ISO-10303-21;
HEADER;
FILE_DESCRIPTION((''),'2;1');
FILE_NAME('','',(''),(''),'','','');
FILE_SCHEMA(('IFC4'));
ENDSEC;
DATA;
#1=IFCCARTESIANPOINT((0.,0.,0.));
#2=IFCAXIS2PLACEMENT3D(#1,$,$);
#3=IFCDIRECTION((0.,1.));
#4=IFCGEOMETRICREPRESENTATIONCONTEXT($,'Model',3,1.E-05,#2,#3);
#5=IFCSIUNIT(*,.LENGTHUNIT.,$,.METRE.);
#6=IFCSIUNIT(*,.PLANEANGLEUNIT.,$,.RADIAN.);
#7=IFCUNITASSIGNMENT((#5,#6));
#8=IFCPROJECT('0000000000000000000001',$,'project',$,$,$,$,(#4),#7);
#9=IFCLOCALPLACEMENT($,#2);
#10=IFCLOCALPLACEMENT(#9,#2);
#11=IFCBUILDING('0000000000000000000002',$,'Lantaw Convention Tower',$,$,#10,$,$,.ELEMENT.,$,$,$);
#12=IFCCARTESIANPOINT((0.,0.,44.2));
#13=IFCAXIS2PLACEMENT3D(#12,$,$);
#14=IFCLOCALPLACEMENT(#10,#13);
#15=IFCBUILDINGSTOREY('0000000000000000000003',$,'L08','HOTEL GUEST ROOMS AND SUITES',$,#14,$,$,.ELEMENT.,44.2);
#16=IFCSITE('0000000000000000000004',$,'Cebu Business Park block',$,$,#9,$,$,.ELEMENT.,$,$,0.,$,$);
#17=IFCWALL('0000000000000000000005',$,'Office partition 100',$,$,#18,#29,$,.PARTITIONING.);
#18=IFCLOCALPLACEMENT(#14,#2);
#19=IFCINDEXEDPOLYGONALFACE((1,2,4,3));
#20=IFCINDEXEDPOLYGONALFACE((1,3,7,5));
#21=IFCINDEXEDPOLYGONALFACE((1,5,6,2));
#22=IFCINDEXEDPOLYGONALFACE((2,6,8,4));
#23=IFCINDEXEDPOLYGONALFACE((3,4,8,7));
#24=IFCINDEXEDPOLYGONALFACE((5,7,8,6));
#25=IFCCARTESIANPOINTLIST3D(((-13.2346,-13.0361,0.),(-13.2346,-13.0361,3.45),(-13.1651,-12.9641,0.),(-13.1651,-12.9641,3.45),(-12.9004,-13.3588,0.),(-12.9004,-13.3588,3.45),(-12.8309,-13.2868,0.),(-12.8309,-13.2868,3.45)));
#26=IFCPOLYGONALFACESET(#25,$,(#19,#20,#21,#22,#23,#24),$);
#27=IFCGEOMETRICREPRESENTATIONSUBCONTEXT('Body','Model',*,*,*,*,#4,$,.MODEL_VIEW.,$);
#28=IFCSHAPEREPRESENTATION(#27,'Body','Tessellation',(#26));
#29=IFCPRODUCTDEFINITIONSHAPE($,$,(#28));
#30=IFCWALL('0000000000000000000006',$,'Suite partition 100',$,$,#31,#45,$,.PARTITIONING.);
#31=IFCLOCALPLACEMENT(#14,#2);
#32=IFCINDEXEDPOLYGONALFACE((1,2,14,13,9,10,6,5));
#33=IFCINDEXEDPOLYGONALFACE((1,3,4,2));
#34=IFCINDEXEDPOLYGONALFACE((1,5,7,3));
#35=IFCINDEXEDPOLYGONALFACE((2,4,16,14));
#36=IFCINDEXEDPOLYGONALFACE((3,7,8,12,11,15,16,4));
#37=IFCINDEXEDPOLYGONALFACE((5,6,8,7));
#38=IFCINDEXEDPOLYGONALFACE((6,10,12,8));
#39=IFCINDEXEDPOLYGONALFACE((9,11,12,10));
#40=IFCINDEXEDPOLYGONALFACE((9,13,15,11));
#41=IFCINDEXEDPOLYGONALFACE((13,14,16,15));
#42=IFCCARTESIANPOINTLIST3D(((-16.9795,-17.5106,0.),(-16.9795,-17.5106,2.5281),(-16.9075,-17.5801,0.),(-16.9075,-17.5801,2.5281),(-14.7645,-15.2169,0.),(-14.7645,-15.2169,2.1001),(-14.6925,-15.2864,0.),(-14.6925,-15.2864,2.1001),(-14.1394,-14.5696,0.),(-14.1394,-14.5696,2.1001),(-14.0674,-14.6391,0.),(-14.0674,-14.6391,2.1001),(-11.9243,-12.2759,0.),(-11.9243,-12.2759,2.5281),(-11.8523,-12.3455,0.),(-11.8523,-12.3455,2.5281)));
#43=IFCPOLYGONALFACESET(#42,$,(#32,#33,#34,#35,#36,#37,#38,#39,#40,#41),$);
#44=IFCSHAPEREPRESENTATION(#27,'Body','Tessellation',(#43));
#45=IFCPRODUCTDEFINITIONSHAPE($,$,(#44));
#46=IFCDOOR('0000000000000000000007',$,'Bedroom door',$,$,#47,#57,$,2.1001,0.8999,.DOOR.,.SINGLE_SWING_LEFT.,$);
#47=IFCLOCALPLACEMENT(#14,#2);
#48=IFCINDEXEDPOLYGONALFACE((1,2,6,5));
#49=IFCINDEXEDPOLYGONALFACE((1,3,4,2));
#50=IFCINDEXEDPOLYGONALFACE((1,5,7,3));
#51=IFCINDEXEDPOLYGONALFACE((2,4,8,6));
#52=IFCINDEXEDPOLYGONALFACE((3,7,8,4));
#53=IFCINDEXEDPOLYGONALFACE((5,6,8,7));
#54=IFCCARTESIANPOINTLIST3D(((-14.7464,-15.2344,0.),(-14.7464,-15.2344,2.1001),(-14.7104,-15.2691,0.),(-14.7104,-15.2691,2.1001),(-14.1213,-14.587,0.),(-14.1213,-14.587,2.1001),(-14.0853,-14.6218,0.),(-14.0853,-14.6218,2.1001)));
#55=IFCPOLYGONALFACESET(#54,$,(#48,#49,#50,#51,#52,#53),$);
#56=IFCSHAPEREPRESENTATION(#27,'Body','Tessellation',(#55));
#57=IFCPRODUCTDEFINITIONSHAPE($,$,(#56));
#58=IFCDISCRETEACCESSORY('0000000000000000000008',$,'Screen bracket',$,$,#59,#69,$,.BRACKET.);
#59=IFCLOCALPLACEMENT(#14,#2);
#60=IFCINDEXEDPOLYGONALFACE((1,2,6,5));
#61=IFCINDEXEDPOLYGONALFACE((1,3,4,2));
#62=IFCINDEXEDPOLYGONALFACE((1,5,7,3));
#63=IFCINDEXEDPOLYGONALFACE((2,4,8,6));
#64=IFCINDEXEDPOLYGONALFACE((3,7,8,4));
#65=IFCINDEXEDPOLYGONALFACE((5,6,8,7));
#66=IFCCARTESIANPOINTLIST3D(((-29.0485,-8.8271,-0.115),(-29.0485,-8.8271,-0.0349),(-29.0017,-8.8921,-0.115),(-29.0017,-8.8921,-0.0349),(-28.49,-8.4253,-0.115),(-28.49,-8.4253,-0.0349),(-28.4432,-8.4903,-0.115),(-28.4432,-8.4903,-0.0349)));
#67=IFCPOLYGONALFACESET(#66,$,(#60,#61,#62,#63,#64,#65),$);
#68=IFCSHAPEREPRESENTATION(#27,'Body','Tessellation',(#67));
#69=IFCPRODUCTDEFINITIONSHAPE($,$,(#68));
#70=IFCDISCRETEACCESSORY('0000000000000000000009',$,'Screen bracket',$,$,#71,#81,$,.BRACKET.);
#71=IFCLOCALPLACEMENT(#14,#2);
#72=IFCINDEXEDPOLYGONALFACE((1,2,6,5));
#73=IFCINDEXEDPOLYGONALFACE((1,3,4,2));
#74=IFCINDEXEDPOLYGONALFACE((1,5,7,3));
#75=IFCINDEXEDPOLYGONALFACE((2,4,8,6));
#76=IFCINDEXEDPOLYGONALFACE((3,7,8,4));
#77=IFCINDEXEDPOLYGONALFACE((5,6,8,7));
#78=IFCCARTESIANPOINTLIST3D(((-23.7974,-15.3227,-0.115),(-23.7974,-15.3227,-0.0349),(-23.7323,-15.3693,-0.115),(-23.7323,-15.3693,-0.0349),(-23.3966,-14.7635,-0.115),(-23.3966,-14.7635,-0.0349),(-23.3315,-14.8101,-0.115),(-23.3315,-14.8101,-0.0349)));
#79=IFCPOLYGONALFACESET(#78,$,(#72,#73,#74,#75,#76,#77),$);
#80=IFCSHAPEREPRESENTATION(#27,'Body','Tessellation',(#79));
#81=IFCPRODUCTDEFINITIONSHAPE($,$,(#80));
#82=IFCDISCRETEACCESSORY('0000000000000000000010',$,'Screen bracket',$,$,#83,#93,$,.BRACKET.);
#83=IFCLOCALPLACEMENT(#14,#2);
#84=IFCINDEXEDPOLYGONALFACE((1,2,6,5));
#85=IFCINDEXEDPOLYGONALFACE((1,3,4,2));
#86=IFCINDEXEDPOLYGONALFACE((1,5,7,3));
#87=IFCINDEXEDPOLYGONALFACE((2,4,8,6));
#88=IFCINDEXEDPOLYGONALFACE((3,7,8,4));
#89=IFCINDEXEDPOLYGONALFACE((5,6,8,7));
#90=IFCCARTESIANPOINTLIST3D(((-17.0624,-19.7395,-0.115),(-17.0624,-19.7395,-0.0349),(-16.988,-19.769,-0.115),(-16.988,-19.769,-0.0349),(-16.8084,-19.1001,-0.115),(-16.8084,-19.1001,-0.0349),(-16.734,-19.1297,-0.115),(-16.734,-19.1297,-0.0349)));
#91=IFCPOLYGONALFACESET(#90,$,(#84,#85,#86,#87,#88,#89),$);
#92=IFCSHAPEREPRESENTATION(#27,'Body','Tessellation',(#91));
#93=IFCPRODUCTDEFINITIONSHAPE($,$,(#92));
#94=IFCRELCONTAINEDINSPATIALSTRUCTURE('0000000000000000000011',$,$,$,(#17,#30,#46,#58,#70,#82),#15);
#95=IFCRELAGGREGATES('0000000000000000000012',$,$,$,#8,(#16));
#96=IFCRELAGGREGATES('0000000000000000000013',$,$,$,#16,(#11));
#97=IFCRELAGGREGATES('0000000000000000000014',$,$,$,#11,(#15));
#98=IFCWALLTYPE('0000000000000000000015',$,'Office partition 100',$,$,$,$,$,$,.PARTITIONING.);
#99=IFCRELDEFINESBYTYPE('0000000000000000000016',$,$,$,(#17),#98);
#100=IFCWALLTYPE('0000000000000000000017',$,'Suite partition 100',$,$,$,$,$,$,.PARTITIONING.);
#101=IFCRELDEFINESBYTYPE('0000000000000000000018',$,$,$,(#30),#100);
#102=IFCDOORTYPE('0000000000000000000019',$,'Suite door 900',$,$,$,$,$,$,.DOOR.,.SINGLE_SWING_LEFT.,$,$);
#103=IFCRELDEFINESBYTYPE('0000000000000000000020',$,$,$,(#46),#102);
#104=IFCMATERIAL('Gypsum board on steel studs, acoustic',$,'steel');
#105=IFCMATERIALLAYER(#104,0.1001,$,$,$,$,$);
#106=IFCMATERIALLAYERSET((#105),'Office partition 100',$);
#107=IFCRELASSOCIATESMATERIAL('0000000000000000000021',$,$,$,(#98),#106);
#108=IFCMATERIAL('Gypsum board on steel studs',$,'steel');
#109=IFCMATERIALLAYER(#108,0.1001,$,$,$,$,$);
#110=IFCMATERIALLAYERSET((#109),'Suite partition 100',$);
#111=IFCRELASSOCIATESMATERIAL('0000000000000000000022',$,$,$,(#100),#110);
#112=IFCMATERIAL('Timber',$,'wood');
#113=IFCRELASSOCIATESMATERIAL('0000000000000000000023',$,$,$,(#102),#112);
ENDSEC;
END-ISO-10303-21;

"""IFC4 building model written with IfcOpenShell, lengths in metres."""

from ifc_helpers import new_model, si_unit, direction, frame, frame_2d, origin, origin_2d, place, context, subcontext, project, spatial, rectangle, extrude, material, layer, layer_set, type_object, element, fill, save


model = new_model("IFC4")

# Units and contexts
model_context = context("Model", 3, precision=1e-05, world=origin(), true_north=direction((0.0, 1.0)))
body_context = subcontext(model_context, "Body", "Model", "MODEL_VIEW")
ifc_project = project(units=[si_unit("LENGTHUNIT", "METRE"), si_unit("PLANEANGLEUNIT", "RADIAN")], contexts=[model_context])

# Site, building, storey
site_placement = place(None, origin())
site = spatial("IfcSite", under=ifc_project, at=site_placement, Name="Cebu Business Park block", CompositionType="ELEMENT", RefElevation=0.0)
building_placement = place(site_placement, origin())
building = spatial("IfcBuilding", under=site, at=building_placement, Name="Lantaw Convention Tower", CompositionType="ELEMENT")
storey_placement = place(building_placement, frame((0.0, 0.0, 44.2)))
storey = spatial("IfcBuildingStorey", under=building, at=storey_placement, Name="L08", Description="HOTEL GUEST ROOMS AND SUITES", CompositionType="ELEMENT", Elevation=44.2)

# Shared definitions
ifc_material_1 = material(Name="Timber", Category="wood")

# Wall
ifc_material_2 = material(Name="Gypsum board on steel studs, acoustic", Category="steel")
ifc_layer_1 = layer(ifc_material_2, 0.1001)
ifc_layer_set_1 = layer_set([ifc_layer_1], Name="Office partition 100")
wall_type_1 = type_object("IfcWallType", Name="Office partition 100", PredefinedType="PARTITIONING", material=ifc_layer_set_1)
wall_1_placement = place(storey_placement, frame((-13.2, -13.0, 0.0), z_axis=(0.0, 0.0, 1.0), x_axis=(0.719347, -0.694651, 0.0)))
element("IfcWall", 1, at=wall_1_placement, inside=storey, type_object=wall_type_1, Name="Office partition 100", PredefinedType="PARTITIONING", context=body_context, shape_type="SweptSolid", body=[
    extrude(rectangle(XDim=0.4646, YDim=0.1001, at=frame_2d((0.2324, 0.0))), origin(), (0.0, 0.0, 1.0), 3.45),
])

# Wall, opening, door
ifc_material_3 = material(Name="Gypsum board on steel studs", Category="steel")
ifc_layer_2 = layer(ifc_material_3, 0.1001)
ifc_layer_set_2 = layer_set([ifc_layer_2], Name="Suite partition 100")
wall_type_2 = type_object("IfcWallType", Name="Suite partition 100", PredefinedType="PARTITIONING", material=ifc_layer_set_2)
wall_2_placement = place(storey_placement, frame((-16.9436, -17.5454, 0.0), z_axis=(0.0, 0.0, 1.0), x_axis=(0.69467, 0.719329, 0.0)))
wall_2 = element("IfcWall", 2, at=wall_2_placement, inside=storey, type_object=wall_type_2, Name="Suite partition 100", PredefinedType="PARTITIONING", context=body_context, shape_type="SweptSolid", body=[
    extrude(rectangle(XDim=7.2771, YDim=0.1001, at=frame_2d((3.6387, 0.0))), origin(), (0.0, 0.0, 1.0), 2.5281),
])
opening_1_placement = place(wall_2_placement, frame((3.1887, 0.0, 0.0)))
opening_1 = element("IfcOpeningElement", 3, at=opening_1_placement, cuts=wall_2, PredefinedType="OPENING", context=body_context, shape_type="SweptSolid", body=[
    extrude(rectangle(XDim=0.8999, YDim=2.1001, at=frame_2d((0.45, 1.05))), frame((0.0, 0.0601, 0.0), z_axis=(0.0, -1.0, 0.0), x_axis=(1.0, 0.0, 0.0)), (0.0, 0.0, 1.0), 0.1201),
])
door_type_1 = type_object("IfcDoorType", Name="Suite door 900", OperationType="SINGLE_SWING_LEFT", PredefinedType="DOOR", material=ifc_material_1)
door_1_placement = place(opening_1_placement, origin())
door_1 = element("IfcDoor", 4, at=door_1_placement, inside=storey, type_object=door_type_1, Name="Bedroom door", OperationType="SINGLE_SWING_LEFT", OverallHeight=2.1001, OverallWidth=0.8999, PredefinedType="DOOR", context=body_context, shape_type="SweptSolid", body=[
    extrude(rectangle(XDim=0.8999, YDim=2.1001, at=frame_2d((0.45, 1.05))), frame((0.0, 0.0249, 0.0), z_axis=(0.0, -1.0, 0.0), x_axis=(1.0, 0.0, 0.0)), (0.0, 0.0, 1.0), 0.05),
])
fill(opening_1, door_1)

# Discrete accessories
for number, where, z_axis, x_axis, name in (
    (5, (-28.7458, -8.6587, -0.115), (0.0, 0.0, 1.0), (0.583951, -0.811789, 0.0), "Screen bracket"),
    (6, (-23.5645, -15.0664, -0.115), (0.0, 0.0, 1.0), (0.812804, -0.582538, 0.0), "Screen bracket"),
    (7, (-16.8982, -19.4346, -0.115), (0.0, 0.0, 1.0), (0.929361, -0.369172, 0.0), "Screen bracket"),
):
    element("IfcDiscreteAccessory", number, at=place(storey_placement, frame(where, z_axis=z_axis, x_axis=x_axis)), inside=storey, Name=name, PredefinedType="BRACKET", context=body_context, shape_type="SweptSolid", body=[
        extrude(rectangle(XDim=0.0801, YDim=0.688, at=origin_2d()), origin(), (0.0, 0.0, 1.0), 0.0801),
    ])

save(model, "model.ifc")
